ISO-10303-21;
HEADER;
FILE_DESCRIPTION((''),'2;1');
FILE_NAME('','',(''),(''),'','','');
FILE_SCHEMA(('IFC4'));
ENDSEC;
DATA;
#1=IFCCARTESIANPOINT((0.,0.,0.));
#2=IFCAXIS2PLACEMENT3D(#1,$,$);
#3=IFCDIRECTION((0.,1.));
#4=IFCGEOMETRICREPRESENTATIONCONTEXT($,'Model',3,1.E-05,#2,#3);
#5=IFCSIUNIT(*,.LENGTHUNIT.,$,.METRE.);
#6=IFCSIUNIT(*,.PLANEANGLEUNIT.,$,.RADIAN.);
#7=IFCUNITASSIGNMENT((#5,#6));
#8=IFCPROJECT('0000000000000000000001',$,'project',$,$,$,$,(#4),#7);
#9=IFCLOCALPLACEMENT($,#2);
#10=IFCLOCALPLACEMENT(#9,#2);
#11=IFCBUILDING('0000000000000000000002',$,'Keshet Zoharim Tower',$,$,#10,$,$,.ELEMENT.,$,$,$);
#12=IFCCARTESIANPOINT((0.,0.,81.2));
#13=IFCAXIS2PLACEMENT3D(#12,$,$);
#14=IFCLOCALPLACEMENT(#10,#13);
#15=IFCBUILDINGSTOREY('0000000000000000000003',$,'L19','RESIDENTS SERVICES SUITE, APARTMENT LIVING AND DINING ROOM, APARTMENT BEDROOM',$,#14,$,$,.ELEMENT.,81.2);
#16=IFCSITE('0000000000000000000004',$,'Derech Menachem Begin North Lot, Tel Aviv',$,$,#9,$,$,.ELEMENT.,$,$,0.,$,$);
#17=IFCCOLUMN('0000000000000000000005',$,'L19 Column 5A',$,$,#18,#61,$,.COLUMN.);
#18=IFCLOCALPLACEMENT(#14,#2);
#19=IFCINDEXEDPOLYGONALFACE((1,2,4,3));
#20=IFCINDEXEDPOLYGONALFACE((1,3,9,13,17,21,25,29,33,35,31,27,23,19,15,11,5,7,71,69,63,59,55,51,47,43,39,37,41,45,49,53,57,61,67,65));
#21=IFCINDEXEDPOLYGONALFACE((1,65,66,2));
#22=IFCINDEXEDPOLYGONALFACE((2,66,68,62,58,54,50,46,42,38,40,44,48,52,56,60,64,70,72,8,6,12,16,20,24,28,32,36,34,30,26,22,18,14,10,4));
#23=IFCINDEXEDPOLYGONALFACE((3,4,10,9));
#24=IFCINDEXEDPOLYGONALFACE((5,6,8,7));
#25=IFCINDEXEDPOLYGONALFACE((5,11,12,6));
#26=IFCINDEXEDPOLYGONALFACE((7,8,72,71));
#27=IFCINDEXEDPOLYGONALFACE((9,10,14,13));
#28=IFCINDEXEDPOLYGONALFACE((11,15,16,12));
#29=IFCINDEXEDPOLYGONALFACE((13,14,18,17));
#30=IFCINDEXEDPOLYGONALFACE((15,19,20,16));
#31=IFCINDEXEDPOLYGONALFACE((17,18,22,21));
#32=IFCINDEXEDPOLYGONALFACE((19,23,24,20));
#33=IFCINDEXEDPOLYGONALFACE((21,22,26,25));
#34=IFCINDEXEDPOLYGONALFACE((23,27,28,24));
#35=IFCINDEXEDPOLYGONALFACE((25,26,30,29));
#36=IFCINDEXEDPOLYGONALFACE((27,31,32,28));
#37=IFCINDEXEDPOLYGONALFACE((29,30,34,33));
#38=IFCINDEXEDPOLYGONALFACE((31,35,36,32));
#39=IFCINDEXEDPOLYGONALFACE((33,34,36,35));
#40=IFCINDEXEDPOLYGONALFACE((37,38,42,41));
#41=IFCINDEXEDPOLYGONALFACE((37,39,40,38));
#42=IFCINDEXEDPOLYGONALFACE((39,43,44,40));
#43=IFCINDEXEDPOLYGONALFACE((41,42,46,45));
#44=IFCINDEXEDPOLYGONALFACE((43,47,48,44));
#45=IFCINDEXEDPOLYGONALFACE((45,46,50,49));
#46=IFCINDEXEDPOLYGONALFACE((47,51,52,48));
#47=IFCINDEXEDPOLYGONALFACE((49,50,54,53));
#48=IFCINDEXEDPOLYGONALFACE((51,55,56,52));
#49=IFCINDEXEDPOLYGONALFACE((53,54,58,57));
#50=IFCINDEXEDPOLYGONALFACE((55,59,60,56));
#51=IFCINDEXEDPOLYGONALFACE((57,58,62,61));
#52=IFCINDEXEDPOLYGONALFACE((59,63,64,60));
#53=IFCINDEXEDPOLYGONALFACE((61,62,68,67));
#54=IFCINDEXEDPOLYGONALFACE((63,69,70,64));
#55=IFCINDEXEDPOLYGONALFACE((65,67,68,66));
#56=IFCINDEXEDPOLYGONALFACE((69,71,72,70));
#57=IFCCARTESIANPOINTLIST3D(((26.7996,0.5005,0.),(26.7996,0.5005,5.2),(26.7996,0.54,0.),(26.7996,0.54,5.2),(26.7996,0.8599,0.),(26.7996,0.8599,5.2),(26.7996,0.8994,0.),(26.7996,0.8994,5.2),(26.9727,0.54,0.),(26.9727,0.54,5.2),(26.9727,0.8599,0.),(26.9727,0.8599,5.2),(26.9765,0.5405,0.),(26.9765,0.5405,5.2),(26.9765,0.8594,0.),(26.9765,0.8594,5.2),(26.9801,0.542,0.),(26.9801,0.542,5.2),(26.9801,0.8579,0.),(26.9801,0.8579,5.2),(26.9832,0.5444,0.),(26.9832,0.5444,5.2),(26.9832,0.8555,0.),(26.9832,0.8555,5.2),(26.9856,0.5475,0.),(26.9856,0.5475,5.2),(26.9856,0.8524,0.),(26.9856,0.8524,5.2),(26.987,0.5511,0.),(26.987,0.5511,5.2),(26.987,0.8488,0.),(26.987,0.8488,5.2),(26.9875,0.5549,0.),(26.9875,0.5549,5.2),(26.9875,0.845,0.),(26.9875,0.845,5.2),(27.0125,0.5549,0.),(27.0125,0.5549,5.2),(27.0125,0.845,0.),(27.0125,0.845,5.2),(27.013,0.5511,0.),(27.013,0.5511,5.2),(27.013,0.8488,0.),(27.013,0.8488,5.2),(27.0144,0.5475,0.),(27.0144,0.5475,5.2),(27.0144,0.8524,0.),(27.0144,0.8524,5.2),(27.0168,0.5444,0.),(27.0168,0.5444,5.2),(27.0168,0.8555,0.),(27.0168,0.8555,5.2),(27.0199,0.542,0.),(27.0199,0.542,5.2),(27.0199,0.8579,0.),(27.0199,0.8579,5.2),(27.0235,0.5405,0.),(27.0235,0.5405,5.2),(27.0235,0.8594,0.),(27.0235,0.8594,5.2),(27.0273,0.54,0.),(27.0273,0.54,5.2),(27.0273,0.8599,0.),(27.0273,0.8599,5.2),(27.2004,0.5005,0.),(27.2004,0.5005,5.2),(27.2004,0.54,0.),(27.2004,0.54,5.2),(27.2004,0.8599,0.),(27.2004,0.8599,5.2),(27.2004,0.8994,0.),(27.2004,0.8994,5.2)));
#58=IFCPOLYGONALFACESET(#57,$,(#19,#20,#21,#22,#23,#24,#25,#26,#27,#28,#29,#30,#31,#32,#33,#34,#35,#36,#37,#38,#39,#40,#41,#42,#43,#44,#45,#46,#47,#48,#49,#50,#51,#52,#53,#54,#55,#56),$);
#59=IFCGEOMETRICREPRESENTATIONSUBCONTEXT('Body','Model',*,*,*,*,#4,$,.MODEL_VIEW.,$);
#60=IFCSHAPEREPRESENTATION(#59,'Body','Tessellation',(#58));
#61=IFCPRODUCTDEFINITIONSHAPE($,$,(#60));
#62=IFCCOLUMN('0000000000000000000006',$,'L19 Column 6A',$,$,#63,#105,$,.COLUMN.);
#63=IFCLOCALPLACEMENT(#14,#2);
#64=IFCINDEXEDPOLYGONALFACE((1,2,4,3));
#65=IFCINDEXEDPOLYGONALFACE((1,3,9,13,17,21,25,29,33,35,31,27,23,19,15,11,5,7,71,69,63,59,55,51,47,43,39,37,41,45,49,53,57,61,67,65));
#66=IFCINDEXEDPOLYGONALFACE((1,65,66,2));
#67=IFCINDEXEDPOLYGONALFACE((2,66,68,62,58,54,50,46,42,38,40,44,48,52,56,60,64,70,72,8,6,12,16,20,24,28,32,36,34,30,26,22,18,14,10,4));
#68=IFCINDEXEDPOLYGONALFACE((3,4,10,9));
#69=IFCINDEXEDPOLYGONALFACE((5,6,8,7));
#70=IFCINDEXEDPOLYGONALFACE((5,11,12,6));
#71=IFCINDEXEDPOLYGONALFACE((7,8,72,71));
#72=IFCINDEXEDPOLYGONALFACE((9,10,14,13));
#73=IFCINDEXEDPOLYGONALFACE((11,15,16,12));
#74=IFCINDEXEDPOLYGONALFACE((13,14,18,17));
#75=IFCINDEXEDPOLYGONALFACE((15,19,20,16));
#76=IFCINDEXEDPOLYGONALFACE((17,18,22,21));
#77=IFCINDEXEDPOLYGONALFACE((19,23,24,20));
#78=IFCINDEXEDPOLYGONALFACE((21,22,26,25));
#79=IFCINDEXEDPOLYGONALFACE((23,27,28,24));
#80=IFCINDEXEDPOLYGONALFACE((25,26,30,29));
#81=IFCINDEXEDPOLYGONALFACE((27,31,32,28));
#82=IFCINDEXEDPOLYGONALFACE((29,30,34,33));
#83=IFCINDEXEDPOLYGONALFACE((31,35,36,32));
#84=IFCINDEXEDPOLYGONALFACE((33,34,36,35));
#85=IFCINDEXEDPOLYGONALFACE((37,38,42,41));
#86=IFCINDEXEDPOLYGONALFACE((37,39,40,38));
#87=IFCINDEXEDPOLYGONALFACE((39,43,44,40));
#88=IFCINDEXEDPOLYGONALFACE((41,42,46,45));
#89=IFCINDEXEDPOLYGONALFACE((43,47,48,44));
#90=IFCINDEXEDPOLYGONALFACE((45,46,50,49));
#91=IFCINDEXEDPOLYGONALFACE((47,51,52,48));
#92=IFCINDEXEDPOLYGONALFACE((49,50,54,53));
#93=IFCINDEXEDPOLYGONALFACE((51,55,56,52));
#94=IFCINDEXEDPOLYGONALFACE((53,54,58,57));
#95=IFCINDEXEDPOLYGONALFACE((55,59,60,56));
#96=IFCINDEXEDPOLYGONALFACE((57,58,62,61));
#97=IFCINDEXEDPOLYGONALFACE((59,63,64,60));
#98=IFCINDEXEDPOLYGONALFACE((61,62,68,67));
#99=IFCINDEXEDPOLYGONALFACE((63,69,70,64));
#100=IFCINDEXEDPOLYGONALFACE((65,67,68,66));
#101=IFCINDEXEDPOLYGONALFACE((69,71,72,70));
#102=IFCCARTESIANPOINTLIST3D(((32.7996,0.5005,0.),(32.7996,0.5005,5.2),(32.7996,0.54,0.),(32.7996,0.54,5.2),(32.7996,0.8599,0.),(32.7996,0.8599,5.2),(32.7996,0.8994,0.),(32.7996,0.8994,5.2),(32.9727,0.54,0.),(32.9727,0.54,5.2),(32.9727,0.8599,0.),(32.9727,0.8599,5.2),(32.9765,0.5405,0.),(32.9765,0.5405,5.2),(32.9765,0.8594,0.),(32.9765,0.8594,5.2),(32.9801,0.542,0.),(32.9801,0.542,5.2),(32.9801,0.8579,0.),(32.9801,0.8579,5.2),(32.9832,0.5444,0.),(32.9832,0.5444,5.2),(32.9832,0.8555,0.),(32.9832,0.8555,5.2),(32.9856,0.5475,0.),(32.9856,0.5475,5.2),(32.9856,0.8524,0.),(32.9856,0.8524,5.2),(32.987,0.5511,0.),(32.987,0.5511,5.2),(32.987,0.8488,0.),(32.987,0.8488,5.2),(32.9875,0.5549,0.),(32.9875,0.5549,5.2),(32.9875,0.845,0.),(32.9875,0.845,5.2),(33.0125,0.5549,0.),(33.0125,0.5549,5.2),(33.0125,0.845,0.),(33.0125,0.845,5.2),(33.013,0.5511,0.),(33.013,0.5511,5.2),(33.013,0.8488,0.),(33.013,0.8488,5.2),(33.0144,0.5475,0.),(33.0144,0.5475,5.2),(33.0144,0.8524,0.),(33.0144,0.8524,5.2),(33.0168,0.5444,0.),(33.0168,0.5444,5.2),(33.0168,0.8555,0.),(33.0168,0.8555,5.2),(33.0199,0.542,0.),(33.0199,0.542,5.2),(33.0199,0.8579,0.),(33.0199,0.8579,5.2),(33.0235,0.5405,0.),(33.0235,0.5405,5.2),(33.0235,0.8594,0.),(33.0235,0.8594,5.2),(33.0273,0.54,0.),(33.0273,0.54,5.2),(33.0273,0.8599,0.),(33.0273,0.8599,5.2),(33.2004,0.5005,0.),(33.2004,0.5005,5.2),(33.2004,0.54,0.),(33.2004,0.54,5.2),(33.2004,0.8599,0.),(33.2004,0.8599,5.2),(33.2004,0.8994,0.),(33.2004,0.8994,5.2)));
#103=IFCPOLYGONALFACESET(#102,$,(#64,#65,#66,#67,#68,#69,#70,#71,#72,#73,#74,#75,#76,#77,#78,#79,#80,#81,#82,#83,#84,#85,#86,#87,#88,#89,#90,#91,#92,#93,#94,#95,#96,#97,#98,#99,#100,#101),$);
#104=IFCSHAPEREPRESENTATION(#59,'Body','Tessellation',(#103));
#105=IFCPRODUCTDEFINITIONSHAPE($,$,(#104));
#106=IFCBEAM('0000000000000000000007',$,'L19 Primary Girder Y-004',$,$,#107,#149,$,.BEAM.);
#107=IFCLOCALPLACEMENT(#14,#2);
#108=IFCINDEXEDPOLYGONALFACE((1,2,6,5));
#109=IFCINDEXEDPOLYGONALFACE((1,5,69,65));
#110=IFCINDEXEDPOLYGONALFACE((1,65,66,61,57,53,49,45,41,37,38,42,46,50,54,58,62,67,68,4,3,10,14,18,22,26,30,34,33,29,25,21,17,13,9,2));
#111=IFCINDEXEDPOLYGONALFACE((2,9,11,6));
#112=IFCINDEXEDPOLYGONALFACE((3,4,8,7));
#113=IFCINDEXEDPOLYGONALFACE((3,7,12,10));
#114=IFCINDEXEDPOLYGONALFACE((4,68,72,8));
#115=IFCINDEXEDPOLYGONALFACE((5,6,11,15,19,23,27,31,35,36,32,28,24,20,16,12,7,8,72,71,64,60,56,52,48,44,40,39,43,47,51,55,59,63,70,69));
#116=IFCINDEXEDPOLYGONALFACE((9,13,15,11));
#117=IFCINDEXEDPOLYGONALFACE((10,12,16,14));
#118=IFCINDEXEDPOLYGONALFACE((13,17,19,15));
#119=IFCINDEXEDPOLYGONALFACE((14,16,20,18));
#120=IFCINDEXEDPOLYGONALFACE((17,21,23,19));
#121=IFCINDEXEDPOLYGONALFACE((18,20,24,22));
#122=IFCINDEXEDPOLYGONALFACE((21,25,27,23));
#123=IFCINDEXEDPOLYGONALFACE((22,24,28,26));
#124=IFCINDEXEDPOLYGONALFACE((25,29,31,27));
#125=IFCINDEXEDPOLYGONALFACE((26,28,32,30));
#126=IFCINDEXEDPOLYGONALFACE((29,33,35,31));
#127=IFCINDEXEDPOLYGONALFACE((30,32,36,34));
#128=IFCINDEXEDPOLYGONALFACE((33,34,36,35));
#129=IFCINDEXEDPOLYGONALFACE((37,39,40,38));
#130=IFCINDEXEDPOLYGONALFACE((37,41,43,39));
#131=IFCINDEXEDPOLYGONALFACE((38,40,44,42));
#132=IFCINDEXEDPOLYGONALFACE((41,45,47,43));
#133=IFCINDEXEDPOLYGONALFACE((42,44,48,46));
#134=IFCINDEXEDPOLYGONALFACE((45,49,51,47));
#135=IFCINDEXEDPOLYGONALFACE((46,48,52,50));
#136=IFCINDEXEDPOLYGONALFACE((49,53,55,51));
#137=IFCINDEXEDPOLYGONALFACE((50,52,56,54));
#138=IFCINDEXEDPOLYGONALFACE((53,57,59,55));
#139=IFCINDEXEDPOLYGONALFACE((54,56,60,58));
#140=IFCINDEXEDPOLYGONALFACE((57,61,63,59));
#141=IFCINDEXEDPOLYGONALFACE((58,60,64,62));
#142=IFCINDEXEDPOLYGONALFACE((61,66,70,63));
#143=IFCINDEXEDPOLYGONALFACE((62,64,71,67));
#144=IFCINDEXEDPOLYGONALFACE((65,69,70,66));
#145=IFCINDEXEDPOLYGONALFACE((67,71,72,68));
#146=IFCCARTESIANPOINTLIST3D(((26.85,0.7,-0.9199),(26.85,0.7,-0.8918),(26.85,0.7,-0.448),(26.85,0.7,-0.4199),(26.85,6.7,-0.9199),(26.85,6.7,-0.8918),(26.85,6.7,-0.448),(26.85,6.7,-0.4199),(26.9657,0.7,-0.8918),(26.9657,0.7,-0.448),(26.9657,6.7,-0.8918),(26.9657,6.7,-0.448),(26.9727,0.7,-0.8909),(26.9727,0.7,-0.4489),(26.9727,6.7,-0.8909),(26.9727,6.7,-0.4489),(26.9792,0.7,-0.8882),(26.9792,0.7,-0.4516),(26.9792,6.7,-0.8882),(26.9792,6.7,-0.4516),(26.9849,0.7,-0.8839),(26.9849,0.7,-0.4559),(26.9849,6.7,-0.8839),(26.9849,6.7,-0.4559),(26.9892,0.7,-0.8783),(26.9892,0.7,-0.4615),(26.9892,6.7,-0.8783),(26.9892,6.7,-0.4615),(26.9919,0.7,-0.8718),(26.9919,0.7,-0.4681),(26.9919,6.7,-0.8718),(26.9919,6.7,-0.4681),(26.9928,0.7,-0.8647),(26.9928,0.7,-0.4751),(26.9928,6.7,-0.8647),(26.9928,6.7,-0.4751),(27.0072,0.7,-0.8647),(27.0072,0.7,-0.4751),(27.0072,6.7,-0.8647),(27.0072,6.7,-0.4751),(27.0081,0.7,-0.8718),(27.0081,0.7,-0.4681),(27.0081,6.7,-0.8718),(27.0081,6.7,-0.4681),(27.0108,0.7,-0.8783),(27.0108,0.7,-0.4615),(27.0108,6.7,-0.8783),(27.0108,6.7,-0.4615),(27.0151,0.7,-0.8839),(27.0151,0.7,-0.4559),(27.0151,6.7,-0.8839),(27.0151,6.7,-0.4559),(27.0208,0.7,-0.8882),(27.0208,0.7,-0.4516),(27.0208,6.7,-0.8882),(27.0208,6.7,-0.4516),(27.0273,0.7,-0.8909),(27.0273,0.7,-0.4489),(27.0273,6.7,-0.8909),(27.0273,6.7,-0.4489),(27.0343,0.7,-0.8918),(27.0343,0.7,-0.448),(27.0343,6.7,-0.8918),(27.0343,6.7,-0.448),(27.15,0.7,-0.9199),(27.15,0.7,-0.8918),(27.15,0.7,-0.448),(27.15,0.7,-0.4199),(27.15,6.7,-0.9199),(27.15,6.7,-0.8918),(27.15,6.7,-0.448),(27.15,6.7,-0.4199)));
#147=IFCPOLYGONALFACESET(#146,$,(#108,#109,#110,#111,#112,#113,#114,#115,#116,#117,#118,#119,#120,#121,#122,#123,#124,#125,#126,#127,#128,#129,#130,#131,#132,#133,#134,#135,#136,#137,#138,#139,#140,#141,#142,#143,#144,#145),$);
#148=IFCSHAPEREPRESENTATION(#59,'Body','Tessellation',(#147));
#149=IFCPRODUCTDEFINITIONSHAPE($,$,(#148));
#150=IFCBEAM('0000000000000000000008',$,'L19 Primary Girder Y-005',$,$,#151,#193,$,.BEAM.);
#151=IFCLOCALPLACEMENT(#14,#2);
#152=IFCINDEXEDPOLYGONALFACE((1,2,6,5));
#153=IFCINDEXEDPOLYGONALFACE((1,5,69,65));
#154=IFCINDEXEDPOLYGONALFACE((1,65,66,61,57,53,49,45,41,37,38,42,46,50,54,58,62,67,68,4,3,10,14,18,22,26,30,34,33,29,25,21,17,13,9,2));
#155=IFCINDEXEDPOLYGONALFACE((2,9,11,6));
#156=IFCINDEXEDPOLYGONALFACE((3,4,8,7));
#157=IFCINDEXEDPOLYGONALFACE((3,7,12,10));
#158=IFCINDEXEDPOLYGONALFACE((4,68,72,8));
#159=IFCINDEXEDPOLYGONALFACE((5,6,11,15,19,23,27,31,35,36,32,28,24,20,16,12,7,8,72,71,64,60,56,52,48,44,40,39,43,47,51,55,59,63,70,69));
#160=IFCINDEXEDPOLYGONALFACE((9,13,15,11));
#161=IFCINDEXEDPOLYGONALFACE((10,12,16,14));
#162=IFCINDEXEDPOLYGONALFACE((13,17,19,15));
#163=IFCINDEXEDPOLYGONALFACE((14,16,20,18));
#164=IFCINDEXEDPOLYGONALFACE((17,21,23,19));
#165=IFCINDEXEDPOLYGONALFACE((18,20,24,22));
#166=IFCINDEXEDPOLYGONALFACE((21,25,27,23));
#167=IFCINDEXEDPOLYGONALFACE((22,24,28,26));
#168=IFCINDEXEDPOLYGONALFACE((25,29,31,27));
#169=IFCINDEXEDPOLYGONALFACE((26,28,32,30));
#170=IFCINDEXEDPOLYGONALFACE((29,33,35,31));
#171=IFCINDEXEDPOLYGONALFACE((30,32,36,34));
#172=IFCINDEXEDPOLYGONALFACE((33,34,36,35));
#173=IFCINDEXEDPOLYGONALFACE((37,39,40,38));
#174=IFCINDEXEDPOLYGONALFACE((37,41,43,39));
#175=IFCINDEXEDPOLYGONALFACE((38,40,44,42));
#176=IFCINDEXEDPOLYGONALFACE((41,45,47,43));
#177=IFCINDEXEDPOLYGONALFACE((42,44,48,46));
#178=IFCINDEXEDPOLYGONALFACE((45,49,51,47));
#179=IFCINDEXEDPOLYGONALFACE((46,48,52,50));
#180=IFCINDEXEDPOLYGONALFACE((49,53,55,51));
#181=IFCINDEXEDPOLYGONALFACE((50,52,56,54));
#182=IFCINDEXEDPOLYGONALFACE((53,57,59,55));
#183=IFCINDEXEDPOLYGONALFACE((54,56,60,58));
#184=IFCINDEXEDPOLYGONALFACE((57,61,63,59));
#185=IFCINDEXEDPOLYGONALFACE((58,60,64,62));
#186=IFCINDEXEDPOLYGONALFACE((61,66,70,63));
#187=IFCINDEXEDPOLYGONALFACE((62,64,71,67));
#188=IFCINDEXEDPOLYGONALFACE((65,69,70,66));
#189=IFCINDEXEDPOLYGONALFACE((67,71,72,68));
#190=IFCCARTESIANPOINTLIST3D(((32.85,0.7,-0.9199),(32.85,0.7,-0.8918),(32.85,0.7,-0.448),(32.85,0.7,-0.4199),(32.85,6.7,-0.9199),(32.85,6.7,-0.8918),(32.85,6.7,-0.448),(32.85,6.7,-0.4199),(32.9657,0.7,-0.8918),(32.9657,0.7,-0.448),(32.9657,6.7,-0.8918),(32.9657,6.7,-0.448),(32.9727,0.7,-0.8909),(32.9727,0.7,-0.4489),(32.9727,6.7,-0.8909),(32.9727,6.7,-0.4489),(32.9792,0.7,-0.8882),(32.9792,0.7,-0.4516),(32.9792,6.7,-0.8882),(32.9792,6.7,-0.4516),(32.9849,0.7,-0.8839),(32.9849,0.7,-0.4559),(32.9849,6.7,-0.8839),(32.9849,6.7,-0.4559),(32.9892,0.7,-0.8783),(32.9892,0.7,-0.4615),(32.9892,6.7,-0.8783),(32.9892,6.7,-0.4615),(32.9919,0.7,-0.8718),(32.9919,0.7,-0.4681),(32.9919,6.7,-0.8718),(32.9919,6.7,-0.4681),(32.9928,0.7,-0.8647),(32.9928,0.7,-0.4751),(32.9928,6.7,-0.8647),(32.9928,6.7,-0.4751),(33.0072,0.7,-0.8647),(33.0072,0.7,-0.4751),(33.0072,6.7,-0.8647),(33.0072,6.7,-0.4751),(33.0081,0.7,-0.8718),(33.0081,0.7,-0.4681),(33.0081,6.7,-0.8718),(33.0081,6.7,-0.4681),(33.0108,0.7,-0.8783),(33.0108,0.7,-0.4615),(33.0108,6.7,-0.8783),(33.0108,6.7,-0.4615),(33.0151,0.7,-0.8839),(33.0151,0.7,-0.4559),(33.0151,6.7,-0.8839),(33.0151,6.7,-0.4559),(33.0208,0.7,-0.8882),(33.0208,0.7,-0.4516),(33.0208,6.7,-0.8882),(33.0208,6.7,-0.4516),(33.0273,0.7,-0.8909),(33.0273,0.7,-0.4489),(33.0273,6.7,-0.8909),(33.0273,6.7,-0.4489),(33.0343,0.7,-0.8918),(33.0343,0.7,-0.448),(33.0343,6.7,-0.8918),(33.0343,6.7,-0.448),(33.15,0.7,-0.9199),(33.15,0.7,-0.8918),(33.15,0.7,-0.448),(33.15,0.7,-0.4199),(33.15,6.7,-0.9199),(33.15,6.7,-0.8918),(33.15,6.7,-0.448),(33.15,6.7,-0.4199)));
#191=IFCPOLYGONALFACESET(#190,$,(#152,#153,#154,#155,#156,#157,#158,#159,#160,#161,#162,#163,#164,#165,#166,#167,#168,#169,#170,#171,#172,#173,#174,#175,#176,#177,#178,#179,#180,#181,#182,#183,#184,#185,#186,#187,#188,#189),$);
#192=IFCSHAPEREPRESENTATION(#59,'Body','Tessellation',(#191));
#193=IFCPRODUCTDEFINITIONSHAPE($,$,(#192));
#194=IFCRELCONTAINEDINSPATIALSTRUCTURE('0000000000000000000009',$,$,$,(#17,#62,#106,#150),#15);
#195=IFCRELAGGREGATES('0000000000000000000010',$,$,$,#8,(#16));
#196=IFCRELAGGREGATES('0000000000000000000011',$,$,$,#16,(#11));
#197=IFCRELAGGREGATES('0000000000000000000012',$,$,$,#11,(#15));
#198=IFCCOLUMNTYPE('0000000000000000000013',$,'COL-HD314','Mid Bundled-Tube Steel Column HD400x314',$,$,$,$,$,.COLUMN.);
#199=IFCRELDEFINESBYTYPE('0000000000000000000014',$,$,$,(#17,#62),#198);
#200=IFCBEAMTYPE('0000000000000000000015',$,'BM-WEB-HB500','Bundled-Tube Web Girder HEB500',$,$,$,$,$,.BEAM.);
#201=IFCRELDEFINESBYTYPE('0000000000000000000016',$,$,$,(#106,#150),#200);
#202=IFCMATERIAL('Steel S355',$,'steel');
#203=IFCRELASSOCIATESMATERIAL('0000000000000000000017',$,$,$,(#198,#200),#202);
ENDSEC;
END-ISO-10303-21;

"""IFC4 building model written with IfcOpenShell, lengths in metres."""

from ifc_helpers import new_model, si_unit, direction, frame, origin, origin_2d, place, context, subcontext, project, spatial, i_section, extrude, material, material_profile, profile_set, type_object, element, save


model = new_model("IFC4")

# Units and contexts
model_context = context("Model", 3, precision=1e-05, world=origin(), true_north=direction((0.0, 1.0)))
body_context = subcontext(model_context, "Body", "Model", "MODEL_VIEW")
ifc_project = project(units=[si_unit("LENGTHUNIT", "METRE"), si_unit("PLANEANGLEUNIT", "RADIAN")], contexts=[model_context])

# Site, building, storey
site_placement = place(None, origin())
site = spatial("IfcSite", under=ifc_project, at=site_placement, Name="Derech Menachem Begin North Lot, Tel Aviv", CompositionType="ELEMENT", RefElevation=0.0)
building_placement = place(site_placement, origin())
building = spatial("IfcBuilding", under=site, at=building_placement, Name="Keshet Zoharim Tower", CompositionType="ELEMENT")
storey_placement = place(building_placement, frame((0.0, 0.0, 81.2)))
storey = spatial("IfcBuildingStorey", under=building, at=storey_placement, Name="L19", Description="RESIDENTS SERVICES SUITE, APARTMENT LIVING AND DINING ROOM, APARTMENT BEDROOM", CompositionType="ELEMENT", Elevation=81.2)

# Columns
ifc_material_1 = material(Name="Steel S355", Category="steel")
ifc_material_profile_1 = material_profile(ifc_material_1, i_section(OverallWidth=0.4009, OverallDepth=0.3989, WebThickness=0.0249, FlangeThickness=0.0396, FilletRadius=0.0149, at=origin_2d()), Name="HD400x314")
ifc_profile_set_1 = profile_set([ifc_material_profile_1], Name="Steel S355")
column_type = type_object("IfcColumnType", Name="COL-HD314", Description="Mid Bundled-Tube Steel Column HD400x314", PredefinedType="COLUMN", material=ifc_profile_set_1)
for number, where, z_axis, x_axis, name in (
    (1, (27.0, 0.7, 0.0), (0.0, 0.0, 1.0), (1.0, 0.0, 0.0), "L19 Column 5A"),
    (2, (33.0, 0.7, 0.0), (0.0, 0.0, 1.0), (1.0, 0.0, 0.0), "L19 Column 6A"),
):
    element("IfcColumn", number, at=place(storey_placement, frame(where, z_axis=z_axis, x_axis=x_axis)), inside=storey, type_object=column_type, Name=name, PredefinedType="COLUMN", context=body_context, shape_type="SweptSolid", body=[
        extrude(i_section(OverallWidth=0.4009, OverallDepth=0.3989, WebThickness=0.0249, FlangeThickness=0.0396, FilletRadius=0.0149, at=origin_2d()), origin(), (0.0, 0.0, 1.0), 5.2),
    ])

# Beams
ifc_material_profile_2 = material_profile(ifc_material_1, i_section(OverallWidth=0.3, OverallDepth=0.5, WebThickness=0.0144, FlangeThickness=0.0281, FilletRadius=0.0271, at=origin_2d()), Name="HEB500")
ifc_profile_set_2 = profile_set([ifc_material_profile_2], Name="Steel S355")
beam_type_1 = type_object("IfcBeamType", Name="BM-WEB-HB500", Description="Bundled-Tube Web Girder HEB500", PredefinedType="BEAM", material=ifc_profile_set_2)
for number, where, z_axis, x_axis, name in (
    (3, (27.0, 0.7, -0.6699), (0.0, 1.0, 0.0), (-1.0, 0.0, 0.0), "L19 Primary Girder Y-004"),
    (4, (33.0, 0.7, -0.6699), (0.0, 1.0, 0.0), (-1.0, 0.0, 0.0), "L19 Primary Girder Y-005"),
):
    element("IfcBeam", number, at=place(storey_placement, frame(where, z_axis=z_axis, x_axis=x_axis)), inside=storey, type_object=beam_type_1, Name=name, PredefinedType="BEAM", context=body_context, shape_type="SweptSolid", body=[
        extrude(i_section(OverallWidth=0.3, OverallDepth=0.5, WebThickness=0.0144, FlangeThickness=0.0281, FilletRadius=0.0271, at=origin_2d()), origin(), (0.0, 0.0, 1.0), 6.0),
    ])

save(model, "model.ifc")
